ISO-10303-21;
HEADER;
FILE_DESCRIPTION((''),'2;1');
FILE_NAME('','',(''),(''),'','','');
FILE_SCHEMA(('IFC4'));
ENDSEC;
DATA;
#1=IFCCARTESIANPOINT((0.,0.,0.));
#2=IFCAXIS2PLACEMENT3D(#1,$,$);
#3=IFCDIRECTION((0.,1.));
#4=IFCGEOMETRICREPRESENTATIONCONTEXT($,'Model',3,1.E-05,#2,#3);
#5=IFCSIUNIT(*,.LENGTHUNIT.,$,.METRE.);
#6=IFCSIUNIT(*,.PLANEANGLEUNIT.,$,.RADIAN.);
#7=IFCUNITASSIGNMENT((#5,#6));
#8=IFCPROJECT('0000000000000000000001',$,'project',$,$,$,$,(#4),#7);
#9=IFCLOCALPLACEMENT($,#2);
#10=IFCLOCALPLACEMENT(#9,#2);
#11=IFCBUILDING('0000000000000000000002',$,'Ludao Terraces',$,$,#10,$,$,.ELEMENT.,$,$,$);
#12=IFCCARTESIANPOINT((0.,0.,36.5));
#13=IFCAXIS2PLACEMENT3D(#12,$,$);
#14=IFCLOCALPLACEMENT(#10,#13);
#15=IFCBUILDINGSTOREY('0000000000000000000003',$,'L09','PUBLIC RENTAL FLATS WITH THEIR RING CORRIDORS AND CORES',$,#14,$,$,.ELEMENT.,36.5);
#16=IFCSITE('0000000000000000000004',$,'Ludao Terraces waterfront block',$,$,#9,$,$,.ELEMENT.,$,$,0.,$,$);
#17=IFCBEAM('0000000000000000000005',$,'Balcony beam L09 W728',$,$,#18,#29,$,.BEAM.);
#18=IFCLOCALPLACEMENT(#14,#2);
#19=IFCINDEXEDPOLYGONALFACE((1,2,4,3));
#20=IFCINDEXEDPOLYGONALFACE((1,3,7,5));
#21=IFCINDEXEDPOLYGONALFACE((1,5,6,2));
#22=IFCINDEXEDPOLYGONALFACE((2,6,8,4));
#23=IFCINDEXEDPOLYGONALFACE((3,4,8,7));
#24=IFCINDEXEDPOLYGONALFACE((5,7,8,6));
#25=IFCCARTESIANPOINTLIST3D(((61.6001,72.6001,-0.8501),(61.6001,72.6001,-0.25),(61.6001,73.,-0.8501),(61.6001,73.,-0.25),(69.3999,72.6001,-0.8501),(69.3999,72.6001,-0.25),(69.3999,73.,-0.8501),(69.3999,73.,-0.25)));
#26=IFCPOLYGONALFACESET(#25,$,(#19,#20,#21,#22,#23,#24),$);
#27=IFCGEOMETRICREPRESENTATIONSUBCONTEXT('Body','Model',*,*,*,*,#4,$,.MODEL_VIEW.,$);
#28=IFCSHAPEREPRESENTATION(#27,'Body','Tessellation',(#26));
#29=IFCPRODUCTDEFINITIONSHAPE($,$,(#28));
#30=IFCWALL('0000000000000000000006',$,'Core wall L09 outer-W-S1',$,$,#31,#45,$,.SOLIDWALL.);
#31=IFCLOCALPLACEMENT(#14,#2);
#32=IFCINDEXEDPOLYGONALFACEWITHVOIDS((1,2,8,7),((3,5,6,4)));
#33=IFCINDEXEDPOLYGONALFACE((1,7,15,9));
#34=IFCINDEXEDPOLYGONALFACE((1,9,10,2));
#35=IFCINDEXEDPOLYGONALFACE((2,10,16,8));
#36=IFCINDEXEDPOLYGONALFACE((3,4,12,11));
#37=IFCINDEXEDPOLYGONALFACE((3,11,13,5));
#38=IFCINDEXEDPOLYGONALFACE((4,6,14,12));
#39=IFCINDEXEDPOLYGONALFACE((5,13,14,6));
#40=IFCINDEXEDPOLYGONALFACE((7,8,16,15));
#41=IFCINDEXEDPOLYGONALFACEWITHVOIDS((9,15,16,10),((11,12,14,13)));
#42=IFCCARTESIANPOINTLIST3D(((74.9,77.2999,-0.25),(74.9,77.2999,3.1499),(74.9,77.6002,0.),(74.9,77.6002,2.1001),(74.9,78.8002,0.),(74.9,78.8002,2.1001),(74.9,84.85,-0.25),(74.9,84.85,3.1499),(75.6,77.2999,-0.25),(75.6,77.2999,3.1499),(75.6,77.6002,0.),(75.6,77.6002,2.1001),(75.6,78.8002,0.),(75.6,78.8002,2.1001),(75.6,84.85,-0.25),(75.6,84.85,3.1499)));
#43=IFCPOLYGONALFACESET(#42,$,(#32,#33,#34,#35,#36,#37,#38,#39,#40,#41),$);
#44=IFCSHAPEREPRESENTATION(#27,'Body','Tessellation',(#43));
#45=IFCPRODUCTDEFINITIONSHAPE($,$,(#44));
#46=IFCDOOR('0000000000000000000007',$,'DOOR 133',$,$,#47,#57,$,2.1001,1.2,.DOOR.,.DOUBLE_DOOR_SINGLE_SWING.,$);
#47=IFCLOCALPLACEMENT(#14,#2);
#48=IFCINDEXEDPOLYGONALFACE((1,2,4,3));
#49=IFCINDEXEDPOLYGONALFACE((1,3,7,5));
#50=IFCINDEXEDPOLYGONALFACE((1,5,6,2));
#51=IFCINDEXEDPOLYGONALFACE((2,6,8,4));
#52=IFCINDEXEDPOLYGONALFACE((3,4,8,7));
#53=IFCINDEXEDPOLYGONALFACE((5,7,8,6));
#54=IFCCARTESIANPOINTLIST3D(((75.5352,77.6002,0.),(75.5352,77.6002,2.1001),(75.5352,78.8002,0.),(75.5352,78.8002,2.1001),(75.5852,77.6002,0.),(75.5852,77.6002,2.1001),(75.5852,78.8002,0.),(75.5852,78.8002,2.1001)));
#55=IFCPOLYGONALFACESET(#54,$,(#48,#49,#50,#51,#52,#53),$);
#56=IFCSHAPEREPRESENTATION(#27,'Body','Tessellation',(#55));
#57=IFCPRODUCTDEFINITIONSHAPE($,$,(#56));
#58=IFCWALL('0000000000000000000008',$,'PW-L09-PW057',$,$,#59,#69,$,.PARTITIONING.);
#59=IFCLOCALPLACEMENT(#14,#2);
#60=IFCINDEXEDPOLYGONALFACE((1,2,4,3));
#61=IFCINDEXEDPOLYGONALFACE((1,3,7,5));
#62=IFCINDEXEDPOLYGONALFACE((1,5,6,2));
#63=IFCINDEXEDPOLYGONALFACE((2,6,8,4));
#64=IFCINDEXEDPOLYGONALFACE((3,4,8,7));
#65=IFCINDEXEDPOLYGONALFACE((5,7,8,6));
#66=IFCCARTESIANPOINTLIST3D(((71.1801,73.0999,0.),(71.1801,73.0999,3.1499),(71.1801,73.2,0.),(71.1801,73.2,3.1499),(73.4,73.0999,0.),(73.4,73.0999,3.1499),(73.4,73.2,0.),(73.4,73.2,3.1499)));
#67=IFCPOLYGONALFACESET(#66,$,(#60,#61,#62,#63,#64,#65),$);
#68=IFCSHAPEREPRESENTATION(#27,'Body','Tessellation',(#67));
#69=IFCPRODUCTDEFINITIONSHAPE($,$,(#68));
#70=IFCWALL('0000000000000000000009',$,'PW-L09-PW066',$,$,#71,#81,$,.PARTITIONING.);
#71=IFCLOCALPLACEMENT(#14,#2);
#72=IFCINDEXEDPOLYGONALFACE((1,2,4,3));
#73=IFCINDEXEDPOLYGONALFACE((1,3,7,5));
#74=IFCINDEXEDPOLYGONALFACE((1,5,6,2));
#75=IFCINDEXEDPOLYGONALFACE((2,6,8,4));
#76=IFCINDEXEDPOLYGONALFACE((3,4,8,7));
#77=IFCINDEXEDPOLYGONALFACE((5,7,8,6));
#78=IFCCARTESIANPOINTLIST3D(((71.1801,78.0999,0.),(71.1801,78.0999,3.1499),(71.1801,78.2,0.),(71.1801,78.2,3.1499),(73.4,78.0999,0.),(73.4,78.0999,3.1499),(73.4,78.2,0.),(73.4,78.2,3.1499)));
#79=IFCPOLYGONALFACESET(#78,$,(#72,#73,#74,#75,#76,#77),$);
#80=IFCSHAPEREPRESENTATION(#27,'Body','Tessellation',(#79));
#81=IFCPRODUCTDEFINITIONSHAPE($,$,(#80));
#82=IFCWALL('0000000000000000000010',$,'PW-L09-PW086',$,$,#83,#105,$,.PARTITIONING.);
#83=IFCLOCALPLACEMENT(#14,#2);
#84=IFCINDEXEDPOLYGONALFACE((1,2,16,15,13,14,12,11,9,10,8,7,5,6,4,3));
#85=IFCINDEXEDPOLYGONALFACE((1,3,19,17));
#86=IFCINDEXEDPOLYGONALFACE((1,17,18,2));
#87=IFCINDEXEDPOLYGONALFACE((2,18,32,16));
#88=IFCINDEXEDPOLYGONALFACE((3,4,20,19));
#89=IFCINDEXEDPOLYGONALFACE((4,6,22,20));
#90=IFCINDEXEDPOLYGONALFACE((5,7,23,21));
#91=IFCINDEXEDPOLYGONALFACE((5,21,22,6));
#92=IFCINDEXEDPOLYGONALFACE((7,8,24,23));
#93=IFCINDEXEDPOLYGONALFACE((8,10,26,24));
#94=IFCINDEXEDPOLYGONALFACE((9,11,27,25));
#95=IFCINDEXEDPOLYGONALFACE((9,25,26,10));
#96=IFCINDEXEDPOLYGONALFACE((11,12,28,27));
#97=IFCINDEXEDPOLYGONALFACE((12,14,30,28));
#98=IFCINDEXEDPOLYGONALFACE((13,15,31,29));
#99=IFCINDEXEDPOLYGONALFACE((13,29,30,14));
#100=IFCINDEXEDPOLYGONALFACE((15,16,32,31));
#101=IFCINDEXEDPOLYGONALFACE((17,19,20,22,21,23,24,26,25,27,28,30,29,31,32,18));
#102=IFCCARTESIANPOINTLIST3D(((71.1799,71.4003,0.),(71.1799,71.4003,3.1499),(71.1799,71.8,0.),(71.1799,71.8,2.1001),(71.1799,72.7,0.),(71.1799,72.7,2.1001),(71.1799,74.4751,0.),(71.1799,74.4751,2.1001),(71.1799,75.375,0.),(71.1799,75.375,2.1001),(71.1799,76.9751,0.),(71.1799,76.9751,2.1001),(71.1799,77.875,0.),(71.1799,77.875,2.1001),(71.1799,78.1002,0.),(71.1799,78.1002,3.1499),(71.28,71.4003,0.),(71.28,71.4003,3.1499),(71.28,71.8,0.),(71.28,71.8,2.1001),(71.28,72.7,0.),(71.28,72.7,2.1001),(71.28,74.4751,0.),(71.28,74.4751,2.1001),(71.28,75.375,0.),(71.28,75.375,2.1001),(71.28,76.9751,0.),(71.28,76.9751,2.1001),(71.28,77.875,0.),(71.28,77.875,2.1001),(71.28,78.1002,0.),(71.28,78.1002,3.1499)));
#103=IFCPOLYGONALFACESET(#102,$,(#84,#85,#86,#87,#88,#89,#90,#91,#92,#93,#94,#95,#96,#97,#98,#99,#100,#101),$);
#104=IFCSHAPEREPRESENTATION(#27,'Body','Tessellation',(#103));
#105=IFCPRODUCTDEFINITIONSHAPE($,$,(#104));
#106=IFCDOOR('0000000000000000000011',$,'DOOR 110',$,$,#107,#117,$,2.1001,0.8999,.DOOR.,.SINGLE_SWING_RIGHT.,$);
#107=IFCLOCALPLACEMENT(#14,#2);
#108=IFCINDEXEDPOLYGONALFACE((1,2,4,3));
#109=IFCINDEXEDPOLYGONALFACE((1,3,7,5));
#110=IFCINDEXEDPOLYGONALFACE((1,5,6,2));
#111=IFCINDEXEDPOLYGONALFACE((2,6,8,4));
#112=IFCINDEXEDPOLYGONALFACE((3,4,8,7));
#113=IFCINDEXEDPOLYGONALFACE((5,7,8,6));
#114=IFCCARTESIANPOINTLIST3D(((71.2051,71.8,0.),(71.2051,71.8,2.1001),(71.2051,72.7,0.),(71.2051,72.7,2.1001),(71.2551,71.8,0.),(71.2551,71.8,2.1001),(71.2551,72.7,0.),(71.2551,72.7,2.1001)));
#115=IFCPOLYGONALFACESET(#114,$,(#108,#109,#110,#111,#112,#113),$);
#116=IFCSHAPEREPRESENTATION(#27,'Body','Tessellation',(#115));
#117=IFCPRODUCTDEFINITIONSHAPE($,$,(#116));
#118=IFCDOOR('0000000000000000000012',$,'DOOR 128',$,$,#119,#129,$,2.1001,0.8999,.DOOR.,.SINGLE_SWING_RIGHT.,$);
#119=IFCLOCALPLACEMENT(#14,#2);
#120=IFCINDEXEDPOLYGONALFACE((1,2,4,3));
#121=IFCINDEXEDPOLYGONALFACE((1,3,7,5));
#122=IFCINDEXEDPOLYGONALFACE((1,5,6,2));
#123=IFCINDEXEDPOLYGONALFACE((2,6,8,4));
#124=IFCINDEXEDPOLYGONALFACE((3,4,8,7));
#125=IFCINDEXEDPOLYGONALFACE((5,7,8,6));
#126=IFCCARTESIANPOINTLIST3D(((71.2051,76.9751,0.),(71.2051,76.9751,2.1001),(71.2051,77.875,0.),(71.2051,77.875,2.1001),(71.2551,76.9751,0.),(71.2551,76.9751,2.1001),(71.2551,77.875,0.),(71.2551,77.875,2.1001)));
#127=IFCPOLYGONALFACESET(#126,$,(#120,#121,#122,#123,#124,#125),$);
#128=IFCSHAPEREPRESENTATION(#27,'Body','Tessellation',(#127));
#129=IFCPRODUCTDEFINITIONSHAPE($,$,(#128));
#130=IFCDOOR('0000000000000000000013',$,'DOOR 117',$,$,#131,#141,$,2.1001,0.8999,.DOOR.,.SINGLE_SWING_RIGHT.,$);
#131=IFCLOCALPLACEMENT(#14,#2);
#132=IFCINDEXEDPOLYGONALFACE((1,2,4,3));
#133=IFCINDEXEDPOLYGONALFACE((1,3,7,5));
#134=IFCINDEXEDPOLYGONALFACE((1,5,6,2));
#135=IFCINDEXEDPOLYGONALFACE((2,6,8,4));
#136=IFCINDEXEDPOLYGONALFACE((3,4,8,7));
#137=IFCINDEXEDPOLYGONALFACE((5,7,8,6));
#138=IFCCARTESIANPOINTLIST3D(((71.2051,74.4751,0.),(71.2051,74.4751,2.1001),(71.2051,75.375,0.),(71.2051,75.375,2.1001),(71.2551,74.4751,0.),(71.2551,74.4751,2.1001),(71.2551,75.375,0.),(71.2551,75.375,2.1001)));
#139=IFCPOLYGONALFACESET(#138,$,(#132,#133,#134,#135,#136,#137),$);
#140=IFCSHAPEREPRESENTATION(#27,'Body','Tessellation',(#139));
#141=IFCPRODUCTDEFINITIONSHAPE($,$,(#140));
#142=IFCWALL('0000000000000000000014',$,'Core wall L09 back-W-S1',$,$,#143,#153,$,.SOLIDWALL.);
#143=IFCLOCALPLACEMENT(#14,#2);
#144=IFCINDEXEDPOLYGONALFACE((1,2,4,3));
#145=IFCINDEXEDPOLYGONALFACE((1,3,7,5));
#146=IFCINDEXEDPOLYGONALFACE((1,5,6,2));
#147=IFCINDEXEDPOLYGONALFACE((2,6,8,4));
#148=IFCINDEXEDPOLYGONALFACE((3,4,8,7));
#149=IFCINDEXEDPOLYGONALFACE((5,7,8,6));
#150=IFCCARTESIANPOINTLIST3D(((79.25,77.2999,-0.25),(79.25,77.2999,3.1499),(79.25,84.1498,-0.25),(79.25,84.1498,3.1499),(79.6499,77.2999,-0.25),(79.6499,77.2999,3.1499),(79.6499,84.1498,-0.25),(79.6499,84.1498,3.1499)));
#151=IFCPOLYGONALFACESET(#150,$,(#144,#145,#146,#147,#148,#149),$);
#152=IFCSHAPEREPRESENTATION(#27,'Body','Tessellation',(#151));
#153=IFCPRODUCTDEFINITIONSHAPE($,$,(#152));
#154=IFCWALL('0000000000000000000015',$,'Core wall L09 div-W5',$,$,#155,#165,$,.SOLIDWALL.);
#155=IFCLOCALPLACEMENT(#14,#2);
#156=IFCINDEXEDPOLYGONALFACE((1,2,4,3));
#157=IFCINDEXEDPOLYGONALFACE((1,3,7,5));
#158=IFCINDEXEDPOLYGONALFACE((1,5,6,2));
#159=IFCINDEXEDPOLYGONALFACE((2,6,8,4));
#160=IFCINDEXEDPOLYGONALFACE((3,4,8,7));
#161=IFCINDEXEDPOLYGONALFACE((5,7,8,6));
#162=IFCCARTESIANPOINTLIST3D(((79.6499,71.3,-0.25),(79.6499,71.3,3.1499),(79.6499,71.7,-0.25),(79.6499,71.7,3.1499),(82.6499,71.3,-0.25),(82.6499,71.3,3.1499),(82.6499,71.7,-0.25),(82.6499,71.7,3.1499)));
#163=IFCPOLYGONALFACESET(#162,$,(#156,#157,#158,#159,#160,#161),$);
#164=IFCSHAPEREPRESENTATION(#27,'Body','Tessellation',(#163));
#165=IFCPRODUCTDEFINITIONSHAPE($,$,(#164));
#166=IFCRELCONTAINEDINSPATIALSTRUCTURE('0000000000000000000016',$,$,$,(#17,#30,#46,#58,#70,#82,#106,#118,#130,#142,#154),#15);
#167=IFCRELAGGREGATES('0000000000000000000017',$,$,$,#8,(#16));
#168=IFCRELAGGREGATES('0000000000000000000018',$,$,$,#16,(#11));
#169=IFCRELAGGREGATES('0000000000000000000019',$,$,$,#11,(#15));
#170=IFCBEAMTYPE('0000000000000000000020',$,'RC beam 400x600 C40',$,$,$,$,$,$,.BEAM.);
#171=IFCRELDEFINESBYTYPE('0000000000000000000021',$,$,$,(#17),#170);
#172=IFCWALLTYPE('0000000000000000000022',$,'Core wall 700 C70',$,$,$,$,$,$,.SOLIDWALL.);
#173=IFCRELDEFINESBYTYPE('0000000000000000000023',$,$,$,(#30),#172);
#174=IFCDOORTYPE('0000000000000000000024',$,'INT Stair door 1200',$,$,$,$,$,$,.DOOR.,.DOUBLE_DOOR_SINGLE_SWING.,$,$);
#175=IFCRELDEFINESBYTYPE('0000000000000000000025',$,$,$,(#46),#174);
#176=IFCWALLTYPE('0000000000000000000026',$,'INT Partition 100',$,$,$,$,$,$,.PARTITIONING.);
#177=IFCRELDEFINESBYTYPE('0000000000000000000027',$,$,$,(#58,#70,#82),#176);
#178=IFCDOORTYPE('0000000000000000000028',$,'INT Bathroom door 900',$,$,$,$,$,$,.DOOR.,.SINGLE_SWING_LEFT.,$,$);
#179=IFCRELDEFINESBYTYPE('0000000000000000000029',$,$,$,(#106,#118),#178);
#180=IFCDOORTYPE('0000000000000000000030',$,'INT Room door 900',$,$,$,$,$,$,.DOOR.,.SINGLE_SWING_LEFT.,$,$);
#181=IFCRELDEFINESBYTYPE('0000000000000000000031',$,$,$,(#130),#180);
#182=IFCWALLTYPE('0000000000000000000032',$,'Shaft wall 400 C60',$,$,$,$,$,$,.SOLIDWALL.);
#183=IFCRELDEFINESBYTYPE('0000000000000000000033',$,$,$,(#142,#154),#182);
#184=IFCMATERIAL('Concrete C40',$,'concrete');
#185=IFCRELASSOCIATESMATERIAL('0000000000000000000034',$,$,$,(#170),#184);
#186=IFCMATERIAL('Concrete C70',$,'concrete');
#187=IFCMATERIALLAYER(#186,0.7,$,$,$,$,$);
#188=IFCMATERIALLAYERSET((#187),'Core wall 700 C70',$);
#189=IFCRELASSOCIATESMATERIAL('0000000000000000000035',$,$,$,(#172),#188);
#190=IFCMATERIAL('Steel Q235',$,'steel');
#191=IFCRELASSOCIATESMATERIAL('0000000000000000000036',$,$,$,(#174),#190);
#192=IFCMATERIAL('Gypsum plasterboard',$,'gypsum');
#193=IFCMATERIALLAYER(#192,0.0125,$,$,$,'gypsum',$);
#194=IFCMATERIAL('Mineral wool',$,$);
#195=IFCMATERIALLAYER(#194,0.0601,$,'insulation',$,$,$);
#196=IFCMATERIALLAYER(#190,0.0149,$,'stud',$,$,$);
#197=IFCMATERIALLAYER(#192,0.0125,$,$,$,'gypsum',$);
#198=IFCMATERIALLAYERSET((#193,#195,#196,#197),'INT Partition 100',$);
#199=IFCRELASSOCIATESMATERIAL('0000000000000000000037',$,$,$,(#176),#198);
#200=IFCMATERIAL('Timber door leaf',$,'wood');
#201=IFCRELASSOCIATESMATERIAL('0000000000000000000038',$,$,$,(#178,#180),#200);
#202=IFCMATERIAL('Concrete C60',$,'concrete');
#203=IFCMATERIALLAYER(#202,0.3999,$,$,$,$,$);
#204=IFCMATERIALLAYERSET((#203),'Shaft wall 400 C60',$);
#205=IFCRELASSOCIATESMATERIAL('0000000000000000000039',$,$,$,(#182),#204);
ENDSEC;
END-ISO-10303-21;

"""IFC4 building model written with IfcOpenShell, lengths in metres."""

from ifc_helpers import new_model, si_unit, direction, frame, frame_2d, origin, origin_2d, place, context, subcontext, project, spatial, rectangle, extrude, material, layer, layer_set, material_profile, profile_set, type_object, element, fill, save


model = new_model("IFC4")

# Units and contexts
model_context = context("Model", 3, precision=1e-05, world=origin(), true_north=direction((0.0, 1.0)))
body_context = subcontext(model_context, "Body", "Model", "MODEL_VIEW")
ifc_project = project(units=[si_unit("LENGTHUNIT", "METRE"), si_unit("PLANEANGLEUNIT", "RADIAN")], contexts=[model_context])

# Site, building, storey
site_placement = place(None, origin())
site = spatial("IfcSite", under=ifc_project, at=site_placement, Name="Ludao Terraces waterfront block", CompositionType="ELEMENT", RefElevation=0.0)
building_placement = place(site_placement, origin())
building = spatial("IfcBuilding", under=site, at=building_placement, Name="Ludao Terraces", CompositionType="ELEMENT")
storey_placement = place(building_placement, frame((0.0, 0.0, 36.5)))
storey = spatial("IfcBuildingStorey", under=building, at=storey_placement, Name="L09", Description="PUBLIC RENTAL FLATS WITH THEIR RING CORRIDORS AND CORES", CompositionType="ELEMENT", Elevation=36.5)

# Beam
ifc_material_1 = material(Name="Concrete C40", Category="concrete")
ifc_material_profile = material_profile(ifc_material_1, rectangle(XDim=0.3999, YDim=0.6001, at=origin_2d()), Name="400 X 600")
ifc_profile_set = profile_set([ifc_material_profile], Name="Concrete C40")
beam_type = type_object("IfcBeamType", Name="RC beam 400x600 C40", PredefinedType="BEAM", material=ifc_profile_set)
beam_placement = place(storey_placement, frame((69.3999, 72.8, -0.55), z_axis=(-1.0, 0.0, 0.0), x_axis=(0.0, -1.0, 0.0)))
element("IfcBeam", 1, at=beam_placement, inside=storey, type_object=beam_type, Name="Balcony beam L09 W728", PredefinedType="BEAM", context=body_context, shape_type="SweptSolid", body=[
    extrude(rectangle(XDim=0.3999, YDim=0.6001, at=origin_2d()), origin(), (0.0, 0.0, 1.0), 7.7998),
])

# Wall, opening, door
ifc_material_2 = material(Name="Concrete C70", Category="concrete")
ifc_layer_1 = layer(ifc_material_2, 0.7)
ifc_layer_set_1 = layer_set([ifc_layer_1], Name="Core wall 700 C70")
wall_type_1 = type_object("IfcWallType", Name="Core wall 700 C70", PredefinedType="SOLIDWALL", material=ifc_layer_set_1)
wall_1_placement = place(storey_placement, frame((75.25, 77.3, -0.25), z_axis=(0.0, 0.0, 1.0), x_axis=(0.0, 1.0, 0.0)))
wall_1 = element("IfcWall", 2, at=wall_1_placement, inside=storey, type_object=wall_type_1, Name="Core wall L09 outer-W-S1", PredefinedType="SOLIDWALL", context=body_context, shape_type="SweptSolid", body=[
    extrude(rectangle(XDim=7.55, YDim=0.7, at=frame_2d((3.7749, 0.0))), origin(), (0.0, 0.0, 1.0), 3.3999),
])
opening_1_placement = place(wall_1_placement, frame((0.3, 0.0, 0.25)))
opening_1 = element("IfcOpeningElement", 3, at=opening_1_placement, cuts=wall_1, PredefinedType="OPENING", context=body_context, shape_type="SweptSolid", body=[
    extrude(rectangle(XDim=1.2, YDim=2.1001, at=frame_2d((0.6001, 1.05))), frame((0.0, 0.3599, 0.0), z_axis=(0.0, -1.0, 0.0), x_axis=(1.0, 0.0, 0.0)), (0.0, 0.0, 1.0), 0.72),
])
ifc_material_3 = material(Name="Steel Q235", Category="steel")
door_type_1 = type_object("IfcDoorType", Name="INT Stair door 1200", OperationType="DOUBLE_DOOR_SINGLE_SWING", PredefinedType="DOOR", material=ifc_material_3)
door_1_placement = place(opening_1_placement, origin())
door_1 = element("IfcDoor", 4, at=door_1_placement, inside=storey, type_object=door_type_1, Name="DOOR 133", OperationType="DOUBLE_DOOR_SINGLE_SWING", OverallHeight=2.1001, OverallWidth=1.2, PredefinedType="DOOR", context=body_context, shape_type="SweptSolid", body=[
    extrude(rectangle(XDim=1.2, YDim=2.1001, at=frame_2d((0.6001, 1.05))), frame((0.0, -0.2852, 0.0), z_axis=(0.0, -1.0, 0.0), x_axis=(1.0, 0.0, 0.0)), (0.0, 0.0, 1.0), 0.05),
])
fill(opening_1, door_1)

# Walls
ifc_material_4 = material(Name="Gypsum plasterboard", Category="gypsum")
ifc_layer_2 = layer(ifc_material_4, 0.0125, Category="gypsum")
ifc_material_5 = material(Name="Mineral wool")
ifc_layer_3 = layer(ifc_material_5, 0.0601, Name="insulation")
ifc_layer_4 = layer(ifc_material_3, 0.0149, Name="stud")
ifc_layer_5 = layer(ifc_material_4, 0.0125, Category="gypsum")
ifc_layer_set_2 = layer_set([ifc_layer_2, ifc_layer_3, ifc_layer_4, ifc_layer_5], Name="INT Partition 100")
wall_type_2 = type_object("IfcWallType", Name="INT Partition 100", PredefinedType="PARTITIONING", material=ifc_layer_set_2)
for number, where, z_axis, x_axis, name in (
    (5, (71.1802, 73.1499, 0.0), (0.0, 0.0, 1.0), (1.0, 0.0, 0.0), "PW-L09-PW057"),
    (6, (71.1802, 78.1499, 0.0), (0.0, 0.0, 1.0), (1.0, 0.0, 0.0), "PW-L09-PW066"),
):
    element("IfcWall", number, at=place(storey_placement, frame(where, z_axis=z_axis, x_axis=x_axis)), inside=storey, type_object=wall_type_2, Name=name, PredefinedType="PARTITIONING", context=body_context, shape_type="SweptSolid", body=[
        extrude(rectangle(XDim=2.22, YDim=0.1001, at=frame_2d((1.1099, 0.0))), origin(), (0.0, 0.0, 1.0), 3.1499),
    ])

# Wall, openings, doors
wall_2_placement = place(storey_placement, frame((71.23, 71.4001, 0.0), z_axis=(0.0, 0.0, 1.0), x_axis=(0.0, 1.0, 0.0)))
wall_2 = element("IfcWall", 7, at=wall_2_placement, inside=storey, type_object=wall_type_2, Name="PW-L09-PW086", PredefinedType="PARTITIONING", context=body_context, shape_type="SweptSolid", body=[
    extrude(rectangle(XDim=6.7, YDim=0.1001, at=frame_2d((3.3501, 0.0))), origin(), (0.0, 0.0, 1.0), 3.1499),
])
opening_2_placement = place(wall_2_placement, frame((0.3999, 0.0, 0.0)))
opening_2 = element("IfcOpeningElement", 8, at=opening_2_placement, cuts=wall_2, PredefinedType="OPENING", context=body_context, shape_type="SweptSolid", body=[
    extrude(rectangle(XDim=0.8999, YDim=2.1001, at=frame_2d((0.45, 1.05))), frame((0.0, 0.0601, 0.0), z_axis=(0.0, -1.0, 0.0), x_axis=(1.0, 0.0, 0.0)), (0.0, 0.0, 1.0), 0.1201),
])
opening_3_placement = place(wall_2_placement, frame((3.075, 0.0, 0.0)))
opening_3 = element("IfcOpeningElement", 9, at=opening_3_placement, cuts=wall_2, PredefinedType="OPENING", context=body_context, shape_type="SweptSolid", body=[
    extrude(rectangle(XDim=0.8999, YDim=2.1001, at=frame_2d((0.45, 1.05))), frame((0.0, 0.0601, 0.0), z_axis=(0.0, -1.0, 0.0), x_axis=(1.0, 0.0, 0.0)), (0.0, 0.0, 1.0), 0.1201),
])
opening_4_placement = place(wall_2_placement, frame((5.575, 0.0, 0.0)))
opening_4 = element("IfcOpeningElement", 10, at=opening_4_placement, cuts=wall_2, PredefinedType="OPENING", context=body_context, shape_type="SweptSolid", body=[
    extrude(rectangle(XDim=0.8999, YDim=2.1001, at=frame_2d((0.45, 1.05))), frame((0.0, 0.0601, 0.0), z_axis=(0.0, -1.0, 0.0), x_axis=(1.0, 0.0, 0.0)), (0.0, 0.0, 1.0), 0.1201),
])
ifc_material_6 = material(Name="Timber door leaf", Category="wood")
door_type_2 = type_object("IfcDoorType", Name="INT Bathroom door 900", OperationType="SINGLE_SWING_LEFT", PredefinedType="DOOR", material=ifc_material_6)
door_2_placement = place(opening_2_placement, origin())
door_2 = element("IfcDoor", 11, at=door_2_placement, inside=storey, type_object=door_type_2, Name="DOOR 110", OperationType="SINGLE_SWING_RIGHT", OverallHeight=2.1001, OverallWidth=0.8999, PredefinedType="DOOR", context=body_context, shape_type="SweptSolid", body=[
    extrude(rectangle(XDim=0.8999, YDim=2.1001, at=frame_2d((0.45, 1.05))), frame((0.0, 0.0249, 0.0), z_axis=(0.0, -1.0, 0.0), x_axis=(1.0, 0.0, 0.0)), (0.0, 0.0, 1.0), 0.05),
])
fill(opening_2, door_2)
door_3_placement = place(opening_4_placement, origin())
door_3 = element("IfcDoor", 12, at=door_3_placement, inside=storey, type_object=door_type_2, Name="DOOR 128", OperationType="SINGLE_SWING_RIGHT", OverallHeight=2.1001, OverallWidth=0.8999, PredefinedType="DOOR", context=body_context, shape_type="SweptSolid", body=[
    extrude(rectangle(XDim=0.8999, YDim=2.1001, at=frame_2d((0.45, 1.05))), frame((0.0, 0.0249, 0.0), z_axis=(0.0, -1.0, 0.0), x_axis=(1.0, 0.0, 0.0)), (0.0, 0.0, 1.0), 0.05),
])
fill(opening_4, door_3)
door_type_3 = type_object("IfcDoorType", Name="INT Room door 900", OperationType="SINGLE_SWING_LEFT", PredefinedType="DOOR", material=ifc_material_6)
door_4_placement = place(opening_3_placement, origin())
door_4 = element("IfcDoor", 13, at=door_4_placement, inside=storey, type_object=door_type_3, Name="DOOR 117", OperationType="SINGLE_SWING_RIGHT", OverallHeight=2.1001, OverallWidth=0.8999, PredefinedType="DOOR", context=body_context, shape_type="SweptSolid", body=[
    extrude(rectangle(XDim=0.8999, YDim=2.1001, at=frame_2d((0.45, 1.05))), frame((0.0, 0.0249, 0.0), z_axis=(0.0, -1.0, 0.0), x_axis=(1.0, 0.0, 0.0)), (0.0, 0.0, 1.0), 0.05),
])
fill(opening_3, door_4)

# Walls
ifc_material_7 = material(Name="Concrete C60", Category="concrete")
ifc_layer_6 = layer(ifc_material_7, 0.3999)
ifc_layer_set_3 = layer_set([ifc_layer_6], Name="Shaft wall 400 C60")
wall_type_3 = type_object("IfcWallType", Name="Shaft wall 400 C60", PredefinedType="SOLIDWALL", material=ifc_layer_set_3)
wall_3_placement = place(storey_placement, frame((79.45, 77.3, -0.25), z_axis=(0.0, 0.0, 1.0), x_axis=(0.0, 1.0, 0.0)))
element("IfcWall", 14, at=wall_3_placement, inside=storey, type_object=wall_type_3, Name="Core wall L09 back-W-S1", PredefinedType="SOLIDWALL", context=body_context, shape_type="SweptSolid", body=[
    extrude(rectangle(XDim=6.8499, YDim=0.3999, at=frame_2d((3.4248, 0.0))), origin(), (0.0, 0.0, 1.0), 3.3999),
])
wall_4_placement = place(storey_placement, frame((79.6499, 71.5, -0.25), z_axis=(0.0, 0.0, 1.0), x_axis=(1.0, 0.0, 0.0)))
element("IfcWall", 15, at=wall_4_placement, inside=storey, type_object=wall_type_3, Name="Core wall L09 div-W5", PredefinedType="SOLIDWALL", context=body_context, shape_type="SweptSolid", body=[
    extrude(rectangle(XDim=3.0, YDim=0.3999, at=frame_2d((1.5, 0.0))), origin(), (0.0, 0.0, 1.0), 3.3999),
])

save(model, "model.ifc")
